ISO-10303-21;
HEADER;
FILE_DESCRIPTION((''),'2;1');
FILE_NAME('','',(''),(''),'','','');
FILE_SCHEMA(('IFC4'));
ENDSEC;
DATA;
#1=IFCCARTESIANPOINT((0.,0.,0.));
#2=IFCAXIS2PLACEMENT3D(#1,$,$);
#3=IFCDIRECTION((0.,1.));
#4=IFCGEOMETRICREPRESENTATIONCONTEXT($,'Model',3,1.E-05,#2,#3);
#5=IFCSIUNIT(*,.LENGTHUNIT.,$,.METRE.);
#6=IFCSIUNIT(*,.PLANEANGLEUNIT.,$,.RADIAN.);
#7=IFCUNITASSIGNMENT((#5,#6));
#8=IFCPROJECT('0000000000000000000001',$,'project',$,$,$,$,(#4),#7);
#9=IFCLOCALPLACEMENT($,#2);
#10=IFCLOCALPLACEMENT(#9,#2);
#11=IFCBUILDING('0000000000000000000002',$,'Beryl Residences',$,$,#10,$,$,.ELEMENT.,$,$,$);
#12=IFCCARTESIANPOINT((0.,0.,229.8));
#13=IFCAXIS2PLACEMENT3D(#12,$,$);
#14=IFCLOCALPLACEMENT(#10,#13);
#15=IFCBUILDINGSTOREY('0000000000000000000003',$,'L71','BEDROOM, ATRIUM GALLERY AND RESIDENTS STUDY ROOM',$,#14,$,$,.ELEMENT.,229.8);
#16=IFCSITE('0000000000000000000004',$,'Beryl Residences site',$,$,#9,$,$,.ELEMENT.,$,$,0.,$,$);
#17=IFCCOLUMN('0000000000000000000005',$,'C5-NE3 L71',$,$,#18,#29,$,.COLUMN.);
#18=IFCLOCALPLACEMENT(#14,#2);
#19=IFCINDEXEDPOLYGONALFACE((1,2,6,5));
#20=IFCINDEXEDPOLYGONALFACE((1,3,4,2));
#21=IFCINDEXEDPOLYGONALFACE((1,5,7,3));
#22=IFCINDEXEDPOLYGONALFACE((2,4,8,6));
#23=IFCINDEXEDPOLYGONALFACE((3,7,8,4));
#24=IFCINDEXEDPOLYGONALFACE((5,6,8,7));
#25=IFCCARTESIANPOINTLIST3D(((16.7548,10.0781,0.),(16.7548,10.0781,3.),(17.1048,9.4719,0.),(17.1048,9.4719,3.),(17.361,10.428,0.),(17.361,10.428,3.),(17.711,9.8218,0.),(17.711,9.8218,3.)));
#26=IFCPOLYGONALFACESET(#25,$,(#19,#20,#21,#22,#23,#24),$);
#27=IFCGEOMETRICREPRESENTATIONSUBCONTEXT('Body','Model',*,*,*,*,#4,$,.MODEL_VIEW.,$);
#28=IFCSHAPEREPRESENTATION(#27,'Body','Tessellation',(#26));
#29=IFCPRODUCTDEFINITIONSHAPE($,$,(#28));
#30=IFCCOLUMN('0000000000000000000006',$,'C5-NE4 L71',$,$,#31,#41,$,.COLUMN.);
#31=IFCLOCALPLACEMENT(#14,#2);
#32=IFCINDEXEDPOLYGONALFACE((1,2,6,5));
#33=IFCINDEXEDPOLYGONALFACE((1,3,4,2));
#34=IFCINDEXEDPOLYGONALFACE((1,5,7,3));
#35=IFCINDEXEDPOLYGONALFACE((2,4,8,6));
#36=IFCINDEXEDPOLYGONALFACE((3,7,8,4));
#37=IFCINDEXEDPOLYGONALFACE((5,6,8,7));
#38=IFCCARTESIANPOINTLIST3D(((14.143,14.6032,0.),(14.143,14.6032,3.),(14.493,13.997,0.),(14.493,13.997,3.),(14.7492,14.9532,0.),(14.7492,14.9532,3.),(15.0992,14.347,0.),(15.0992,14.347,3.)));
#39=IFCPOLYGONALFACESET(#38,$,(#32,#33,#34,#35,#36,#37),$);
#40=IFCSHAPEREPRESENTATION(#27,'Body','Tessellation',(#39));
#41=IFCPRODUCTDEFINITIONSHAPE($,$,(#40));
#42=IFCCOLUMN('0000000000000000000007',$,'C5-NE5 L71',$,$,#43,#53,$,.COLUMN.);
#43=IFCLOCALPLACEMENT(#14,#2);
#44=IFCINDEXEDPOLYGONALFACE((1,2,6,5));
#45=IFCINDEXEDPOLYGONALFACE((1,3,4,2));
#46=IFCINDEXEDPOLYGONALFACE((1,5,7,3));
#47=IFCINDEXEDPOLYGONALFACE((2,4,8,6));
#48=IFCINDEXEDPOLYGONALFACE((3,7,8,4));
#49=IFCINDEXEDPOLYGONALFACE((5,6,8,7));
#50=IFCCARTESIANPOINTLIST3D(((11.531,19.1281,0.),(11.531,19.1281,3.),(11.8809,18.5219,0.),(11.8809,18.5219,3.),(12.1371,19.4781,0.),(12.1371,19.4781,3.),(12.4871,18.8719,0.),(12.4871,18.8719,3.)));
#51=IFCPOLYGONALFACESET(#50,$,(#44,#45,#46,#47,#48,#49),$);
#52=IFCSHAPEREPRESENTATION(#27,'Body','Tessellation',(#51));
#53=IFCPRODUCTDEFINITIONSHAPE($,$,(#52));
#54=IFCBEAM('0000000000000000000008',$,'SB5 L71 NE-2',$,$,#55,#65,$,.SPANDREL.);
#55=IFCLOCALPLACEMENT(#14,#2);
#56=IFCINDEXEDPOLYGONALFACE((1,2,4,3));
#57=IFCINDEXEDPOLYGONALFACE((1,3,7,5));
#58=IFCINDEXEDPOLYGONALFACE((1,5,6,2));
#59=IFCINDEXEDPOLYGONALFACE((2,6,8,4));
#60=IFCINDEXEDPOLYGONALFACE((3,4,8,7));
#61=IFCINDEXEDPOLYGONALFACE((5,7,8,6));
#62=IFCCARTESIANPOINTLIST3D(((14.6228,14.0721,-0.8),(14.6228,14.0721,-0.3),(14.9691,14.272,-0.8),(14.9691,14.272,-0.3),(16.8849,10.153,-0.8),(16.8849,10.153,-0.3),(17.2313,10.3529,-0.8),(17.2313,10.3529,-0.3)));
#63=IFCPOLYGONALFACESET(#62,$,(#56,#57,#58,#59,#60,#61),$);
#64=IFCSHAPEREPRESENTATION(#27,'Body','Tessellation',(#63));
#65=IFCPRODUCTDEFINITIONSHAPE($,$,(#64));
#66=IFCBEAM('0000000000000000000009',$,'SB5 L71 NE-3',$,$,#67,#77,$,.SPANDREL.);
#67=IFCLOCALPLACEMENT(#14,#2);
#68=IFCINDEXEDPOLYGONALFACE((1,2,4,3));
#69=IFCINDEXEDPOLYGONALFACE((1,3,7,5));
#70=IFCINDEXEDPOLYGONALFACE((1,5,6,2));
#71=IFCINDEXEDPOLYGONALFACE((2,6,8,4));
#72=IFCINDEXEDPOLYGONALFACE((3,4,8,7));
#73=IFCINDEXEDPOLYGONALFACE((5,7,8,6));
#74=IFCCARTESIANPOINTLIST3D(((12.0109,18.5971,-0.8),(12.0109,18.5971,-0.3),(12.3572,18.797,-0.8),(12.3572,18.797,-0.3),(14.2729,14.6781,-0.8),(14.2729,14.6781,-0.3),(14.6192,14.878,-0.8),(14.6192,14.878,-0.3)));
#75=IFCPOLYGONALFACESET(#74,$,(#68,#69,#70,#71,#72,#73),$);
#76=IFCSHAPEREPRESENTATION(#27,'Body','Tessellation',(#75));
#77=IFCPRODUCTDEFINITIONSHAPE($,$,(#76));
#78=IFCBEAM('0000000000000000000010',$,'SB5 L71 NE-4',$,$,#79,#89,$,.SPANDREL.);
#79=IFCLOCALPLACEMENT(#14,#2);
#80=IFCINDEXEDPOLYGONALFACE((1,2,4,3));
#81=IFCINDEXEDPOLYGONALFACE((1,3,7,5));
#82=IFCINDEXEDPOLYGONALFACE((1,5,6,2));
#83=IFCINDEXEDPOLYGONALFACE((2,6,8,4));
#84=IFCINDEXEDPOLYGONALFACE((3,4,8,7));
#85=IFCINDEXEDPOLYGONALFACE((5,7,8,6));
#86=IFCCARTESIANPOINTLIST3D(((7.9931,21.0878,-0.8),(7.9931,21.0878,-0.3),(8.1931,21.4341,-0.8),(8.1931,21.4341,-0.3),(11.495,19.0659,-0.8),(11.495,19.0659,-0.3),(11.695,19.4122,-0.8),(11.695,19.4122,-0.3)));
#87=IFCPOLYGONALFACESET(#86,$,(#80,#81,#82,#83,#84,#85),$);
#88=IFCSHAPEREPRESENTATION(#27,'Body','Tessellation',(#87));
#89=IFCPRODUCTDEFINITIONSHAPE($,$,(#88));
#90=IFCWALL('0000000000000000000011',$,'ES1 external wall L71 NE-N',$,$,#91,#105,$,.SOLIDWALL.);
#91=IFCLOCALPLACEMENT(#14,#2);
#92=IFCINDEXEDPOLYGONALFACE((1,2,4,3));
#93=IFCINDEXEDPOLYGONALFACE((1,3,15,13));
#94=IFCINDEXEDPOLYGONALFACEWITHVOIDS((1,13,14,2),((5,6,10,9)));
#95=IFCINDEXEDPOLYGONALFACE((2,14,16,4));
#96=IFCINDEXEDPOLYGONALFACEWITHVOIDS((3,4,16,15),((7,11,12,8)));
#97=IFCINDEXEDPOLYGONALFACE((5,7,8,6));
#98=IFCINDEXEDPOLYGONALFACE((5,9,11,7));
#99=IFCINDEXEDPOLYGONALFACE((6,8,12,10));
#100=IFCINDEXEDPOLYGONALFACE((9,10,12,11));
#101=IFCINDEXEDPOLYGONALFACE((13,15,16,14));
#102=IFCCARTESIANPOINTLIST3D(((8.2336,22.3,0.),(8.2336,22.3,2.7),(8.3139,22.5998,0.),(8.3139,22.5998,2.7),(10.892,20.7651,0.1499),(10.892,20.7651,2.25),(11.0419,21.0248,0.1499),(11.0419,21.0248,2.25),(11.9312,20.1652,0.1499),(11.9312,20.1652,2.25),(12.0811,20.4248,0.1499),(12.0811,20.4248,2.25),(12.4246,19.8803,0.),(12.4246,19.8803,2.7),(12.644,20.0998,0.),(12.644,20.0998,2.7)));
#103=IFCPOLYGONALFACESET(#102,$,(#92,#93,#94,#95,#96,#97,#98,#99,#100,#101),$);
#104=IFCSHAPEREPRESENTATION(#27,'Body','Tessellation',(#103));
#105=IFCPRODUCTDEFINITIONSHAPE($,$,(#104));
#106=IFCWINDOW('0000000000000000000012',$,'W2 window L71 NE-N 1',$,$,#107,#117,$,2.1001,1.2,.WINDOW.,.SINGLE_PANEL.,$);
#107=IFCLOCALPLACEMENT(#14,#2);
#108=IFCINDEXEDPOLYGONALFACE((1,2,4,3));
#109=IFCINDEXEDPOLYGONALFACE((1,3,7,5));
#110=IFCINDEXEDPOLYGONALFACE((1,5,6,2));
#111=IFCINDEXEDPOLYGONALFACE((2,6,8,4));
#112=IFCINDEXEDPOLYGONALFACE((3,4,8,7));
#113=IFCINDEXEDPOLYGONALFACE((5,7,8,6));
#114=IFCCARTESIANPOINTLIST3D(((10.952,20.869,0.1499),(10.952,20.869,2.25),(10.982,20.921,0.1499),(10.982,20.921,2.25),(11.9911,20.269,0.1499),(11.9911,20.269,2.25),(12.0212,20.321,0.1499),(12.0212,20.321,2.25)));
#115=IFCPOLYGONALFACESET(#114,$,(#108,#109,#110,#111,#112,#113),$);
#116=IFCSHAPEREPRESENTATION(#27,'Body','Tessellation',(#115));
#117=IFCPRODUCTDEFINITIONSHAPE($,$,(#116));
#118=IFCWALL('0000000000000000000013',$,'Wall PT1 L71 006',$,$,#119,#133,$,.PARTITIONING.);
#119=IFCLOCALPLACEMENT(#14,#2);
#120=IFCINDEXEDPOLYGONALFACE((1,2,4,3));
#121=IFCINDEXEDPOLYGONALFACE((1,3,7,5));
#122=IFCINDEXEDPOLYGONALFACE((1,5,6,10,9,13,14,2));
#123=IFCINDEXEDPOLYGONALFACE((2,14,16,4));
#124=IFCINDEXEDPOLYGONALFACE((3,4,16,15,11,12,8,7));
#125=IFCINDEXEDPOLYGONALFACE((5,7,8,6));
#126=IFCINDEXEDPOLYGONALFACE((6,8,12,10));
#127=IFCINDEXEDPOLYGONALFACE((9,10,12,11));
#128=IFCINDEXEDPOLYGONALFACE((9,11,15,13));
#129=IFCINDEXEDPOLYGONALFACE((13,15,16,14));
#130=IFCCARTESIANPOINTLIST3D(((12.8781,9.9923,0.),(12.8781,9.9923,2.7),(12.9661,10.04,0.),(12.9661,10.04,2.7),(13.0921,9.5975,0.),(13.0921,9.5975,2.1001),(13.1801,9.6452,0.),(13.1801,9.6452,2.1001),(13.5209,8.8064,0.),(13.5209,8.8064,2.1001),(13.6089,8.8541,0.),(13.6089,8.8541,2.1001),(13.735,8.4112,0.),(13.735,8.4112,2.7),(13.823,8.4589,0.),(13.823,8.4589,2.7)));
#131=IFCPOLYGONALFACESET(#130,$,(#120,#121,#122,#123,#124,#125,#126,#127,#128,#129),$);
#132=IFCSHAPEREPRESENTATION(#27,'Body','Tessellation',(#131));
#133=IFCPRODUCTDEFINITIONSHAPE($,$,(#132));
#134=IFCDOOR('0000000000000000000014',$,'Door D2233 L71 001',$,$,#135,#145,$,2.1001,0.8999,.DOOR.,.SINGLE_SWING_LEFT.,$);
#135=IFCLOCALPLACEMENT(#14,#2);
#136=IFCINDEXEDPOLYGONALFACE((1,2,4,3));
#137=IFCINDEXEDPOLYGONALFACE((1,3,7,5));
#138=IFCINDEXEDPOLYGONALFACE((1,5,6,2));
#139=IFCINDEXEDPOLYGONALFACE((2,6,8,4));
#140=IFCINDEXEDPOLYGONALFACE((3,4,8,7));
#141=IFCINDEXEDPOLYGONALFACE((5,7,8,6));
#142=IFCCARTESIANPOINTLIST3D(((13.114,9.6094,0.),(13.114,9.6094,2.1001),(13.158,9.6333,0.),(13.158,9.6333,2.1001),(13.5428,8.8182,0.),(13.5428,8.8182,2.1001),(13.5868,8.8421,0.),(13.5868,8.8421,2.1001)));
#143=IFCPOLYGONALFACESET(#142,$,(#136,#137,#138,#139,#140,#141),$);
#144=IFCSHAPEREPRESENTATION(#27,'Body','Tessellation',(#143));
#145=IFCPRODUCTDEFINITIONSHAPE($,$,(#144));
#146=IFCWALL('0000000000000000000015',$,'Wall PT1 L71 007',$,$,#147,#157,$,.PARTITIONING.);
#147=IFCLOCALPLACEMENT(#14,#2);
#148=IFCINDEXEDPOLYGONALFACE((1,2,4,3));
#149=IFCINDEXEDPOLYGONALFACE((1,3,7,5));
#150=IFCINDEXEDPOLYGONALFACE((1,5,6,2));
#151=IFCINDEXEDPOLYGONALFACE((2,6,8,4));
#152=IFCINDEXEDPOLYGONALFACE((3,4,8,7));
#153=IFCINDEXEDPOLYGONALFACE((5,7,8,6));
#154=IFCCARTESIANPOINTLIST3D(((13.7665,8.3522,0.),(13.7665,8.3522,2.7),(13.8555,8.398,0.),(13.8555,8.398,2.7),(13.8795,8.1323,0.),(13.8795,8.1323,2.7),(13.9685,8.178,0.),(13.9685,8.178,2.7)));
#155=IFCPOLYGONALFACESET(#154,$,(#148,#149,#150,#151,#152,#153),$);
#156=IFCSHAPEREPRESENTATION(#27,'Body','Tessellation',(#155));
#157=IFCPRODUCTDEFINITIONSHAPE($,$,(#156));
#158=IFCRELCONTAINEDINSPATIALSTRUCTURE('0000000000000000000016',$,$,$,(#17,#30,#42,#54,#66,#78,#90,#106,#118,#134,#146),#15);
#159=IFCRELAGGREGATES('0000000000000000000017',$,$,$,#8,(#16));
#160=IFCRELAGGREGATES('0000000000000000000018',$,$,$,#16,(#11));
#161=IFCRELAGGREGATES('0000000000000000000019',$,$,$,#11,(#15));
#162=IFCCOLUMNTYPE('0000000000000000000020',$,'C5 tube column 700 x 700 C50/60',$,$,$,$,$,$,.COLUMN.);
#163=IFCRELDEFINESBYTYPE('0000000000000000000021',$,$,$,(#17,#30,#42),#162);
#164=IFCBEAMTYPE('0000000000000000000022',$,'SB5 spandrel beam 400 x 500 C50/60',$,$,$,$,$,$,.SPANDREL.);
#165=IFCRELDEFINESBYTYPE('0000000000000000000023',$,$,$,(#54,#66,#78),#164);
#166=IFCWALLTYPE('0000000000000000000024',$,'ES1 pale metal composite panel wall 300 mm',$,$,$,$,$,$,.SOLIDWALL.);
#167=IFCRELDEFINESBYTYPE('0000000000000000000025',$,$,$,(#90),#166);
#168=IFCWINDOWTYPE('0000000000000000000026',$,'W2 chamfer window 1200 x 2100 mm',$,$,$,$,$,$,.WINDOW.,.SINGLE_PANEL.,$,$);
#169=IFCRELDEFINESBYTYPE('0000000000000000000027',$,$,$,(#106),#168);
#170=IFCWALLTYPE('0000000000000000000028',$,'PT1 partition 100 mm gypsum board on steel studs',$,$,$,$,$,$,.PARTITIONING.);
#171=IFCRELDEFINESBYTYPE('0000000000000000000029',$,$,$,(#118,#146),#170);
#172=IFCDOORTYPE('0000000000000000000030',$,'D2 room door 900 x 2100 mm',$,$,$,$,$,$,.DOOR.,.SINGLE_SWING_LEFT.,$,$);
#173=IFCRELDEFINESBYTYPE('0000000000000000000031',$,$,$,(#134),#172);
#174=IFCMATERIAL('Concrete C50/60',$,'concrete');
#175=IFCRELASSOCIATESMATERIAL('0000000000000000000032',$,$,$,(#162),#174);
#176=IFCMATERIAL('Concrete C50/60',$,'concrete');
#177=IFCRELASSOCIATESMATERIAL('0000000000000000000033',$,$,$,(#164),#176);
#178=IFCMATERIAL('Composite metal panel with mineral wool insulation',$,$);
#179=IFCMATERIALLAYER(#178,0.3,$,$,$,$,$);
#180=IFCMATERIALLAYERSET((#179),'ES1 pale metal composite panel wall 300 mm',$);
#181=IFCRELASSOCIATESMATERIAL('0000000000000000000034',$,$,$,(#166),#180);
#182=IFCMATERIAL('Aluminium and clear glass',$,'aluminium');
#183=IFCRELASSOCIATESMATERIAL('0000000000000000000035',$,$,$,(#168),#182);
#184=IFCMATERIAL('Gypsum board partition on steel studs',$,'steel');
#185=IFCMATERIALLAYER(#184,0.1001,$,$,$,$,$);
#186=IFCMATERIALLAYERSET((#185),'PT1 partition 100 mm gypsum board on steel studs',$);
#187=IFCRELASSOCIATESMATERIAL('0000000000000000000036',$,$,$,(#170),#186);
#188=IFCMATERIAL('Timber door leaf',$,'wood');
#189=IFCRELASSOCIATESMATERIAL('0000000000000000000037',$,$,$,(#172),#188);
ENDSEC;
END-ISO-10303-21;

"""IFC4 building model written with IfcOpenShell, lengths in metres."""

from ifc_helpers import new_model, si_unit, direction, frame, frame_2d, origin, origin_2d, place, context, subcontext, project, spatial, polyline, rectangle, outline, extrude, material, layer, layer_set, material_profile, profile_set, type_object, element, fill, save


model = new_model("IFC4")

# Units and contexts
model_context = context("Model", 3, precision=1e-05, world=origin(), true_north=direction((0.0, 1.0)))
body_context = subcontext(model_context, "Body", "Model", "MODEL_VIEW")
ifc_project = project(units=[si_unit("LENGTHUNIT", "METRE"), si_unit("PLANEANGLEUNIT", "RADIAN")], contexts=[model_context])

# Site, building, storey
site_placement = place(None, origin())
site = spatial("IfcSite", under=ifc_project, at=site_placement, Name="Beryl Residences site", CompositionType="ELEMENT", RefElevation=0.0)
building_placement = place(site_placement, origin())
building = spatial("IfcBuilding", under=site, at=building_placement, Name="Beryl Residences", CompositionType="ELEMENT")
storey_placement = place(building_placement, frame((0.0, 0.0, 229.8)))
storey = spatial("IfcBuildingStorey", under=building, at=storey_placement, Name="L71", Description="BEDROOM, ATRIUM GALLERY AND RESIDENTS STUDY ROOM", CompositionType="ELEMENT", Elevation=229.8)

# Columns
ifc_material_1 = material(Name="Concrete C50/60", Category="concrete")
ifc_material_profile_1 = material_profile(ifc_material_1, rectangle(XDim=0.7, YDim=0.7, at=origin_2d()))
ifc_profile_set_1 = profile_set([ifc_material_profile_1], Name="Concrete C50/60")
column_type = type_object("IfcColumnType", Name="C5 tube column 700 x 700 C50/60", PredefinedType="COLUMN", material=ifc_profile_set_1)
for number, where, z_axis, x_axis, name in (
    (1, (17.2329, 9.95, 0.0), (0.0, 0.0, 1.0), (-0.49997, 0.866043, 0.0), "C5-NE3 L71"),
    (2, (14.6211, 14.4751, 0.0), (0.0, 0.0, 1.0), (-0.49997, 0.866043, 0.0), "C5-NE4 L71"),
    (3, (12.009, 19.0, 0.0), (0.0, 0.0, 1.0), (-0.49997, 0.866043, 0.0), "C5-NE5 L71"),
):
    element("IfcColumn", number, at=place(storey_placement, frame(where, z_axis=z_axis, x_axis=x_axis)), inside=storey, type_object=column_type, Name=name, PredefinedType="COLUMN", context=body_context, shape_type="SweptSolid", body=[
        extrude(rectangle(XDim=0.7, YDim=0.7, at=origin_2d()), origin(), (0.0, 0.0, 1.0), 3.0),
    ])

# Beams
ifc_material_2 = material(Name="Concrete C50/60", Category="concrete")
ifc_material_profile_2 = material_profile(ifc_material_2, rectangle(XDim=0.3999, YDim=0.5, at=origin_2d()))
ifc_profile_set_2 = profile_set([ifc_material_profile_2], Name="Concrete C50/60")
beam_type = type_object("IfcBeamType", Name="SB5 spandrel beam 400 x 500 C50/60", PredefinedType="SPANDREL", material=ifc_profile_set_2)
beam_1_placement = place(storey_placement, frame((17.0581, 10.2529, -0.55), z_axis=(-0.499911, 0.866077, 0.0), x_axis=(-0.866077, -0.499911, 0.0)))
element("IfcBeam", 4, at=beam_1_placement, inside=storey, type_object=beam_type, Name="SB5 L71 NE-2", PredefinedType="SPANDREL", context=body_context, shape_type="SweptSolid", body=[
    extrude(rectangle(XDim=0.3999, YDim=0.5, at=origin_2d()), origin(), (0.0, 0.0, 1.0), 4.5251),
])
beam_2_placement = place(storey_placement, frame((14.446, 14.7781, -0.55), z_axis=(-0.499894, 0.866087, 0.0), x_axis=(-0.866087, -0.499894, 0.0)))
element("IfcBeam", 5, at=beam_2_placement, inside=storey, type_object=beam_type, Name="SB5 L71 NE-3", PredefinedType="SPANDREL", context=body_context, shape_type="SweptSolid", body=[
    extrude(rectangle(XDim=0.3999, YDim=0.5, at=origin_2d()), origin(), (0.0, 0.0, 1.0), 4.5249),
])
beam_3_placement = place(storey_placement, frame((11.595, 19.239, -0.55), z_axis=(-0.866013, 0.500022, 0.0), x_axis=(-0.500022, -0.866013, 0.0)))
element("IfcBeam", 6, at=beam_3_placement, inside=storey, type_object=beam_type, Name="SB5 L71 NE-4", PredefinedType="SPANDREL", context=body_context, shape_type="SweptSolid", body=[
    extrude(rectangle(XDim=0.3999, YDim=0.5, at=origin_2d()), origin(), (0.0, 0.0, 1.0), 4.0437),
])

# Wall, opening, window
ifc_material_3 = material(Name="Composite metal panel with mineral wool insulation")
ifc_layer_1 = layer(ifc_material_3, 0.3)
ifc_layer_set_1 = layer_set([ifc_layer_1], Name="ES1 pale metal composite panel wall 300 mm")
wall_type_1 = type_object("IfcWallType", Name="ES1 pale metal composite panel wall 300 mm", PredefinedType="SOLIDWALL", material=ifc_layer_set_1)
wall_1_placement = place(storey_placement, frame((12.5691, 19.97, 0.0), z_axis=(0.0, 0.0, 1.0), x_axis=(-0.866023, 0.500004, 0.0)))
wall_1 = element("IfcWall", 7, at=wall_1_placement, inside=storey, type_object=wall_type_1, Name="ES1 external wall L71 NE-N", PredefinedType="SOLIDWALL", context=body_context, shape_type="SweptSolid", body=[
    extrude(outline(polyline([(0.0, -0.1499), (5.0, -0.1499), (4.9197, 0.1499), (0.0803, 0.1499), (0.0, -0.1499)])), origin(), (0.0, 0.0, 1.0), 2.7),
])
opening_1_placement = place(wall_1_placement, frame((0.6499, 0.0, 0.1499)))
opening_1 = element("IfcOpeningElement", 8, at=opening_1_placement, cuts=wall_1, PredefinedType="OPENING", context=body_context, shape_type="SweptSolid", body=[
    extrude(rectangle(XDim=1.2, YDim=2.1001, at=frame_2d((0.6001, 1.05))), frame((0.0, 0.1599, 0.0), z_axis=(0.0, -1.0, 0.0), x_axis=(1.0, 0.0, 0.0)), (0.0, 0.0, 1.0), 0.3201),
])
ifc_material_4 = material(Name="Aluminium and clear glass", Category="aluminium")
window_type = type_object("IfcWindowType", Name="W2 chamfer window 1200 x 2100 mm", PartitioningType="SINGLE_PANEL", PredefinedType="WINDOW", material=ifc_material_4)
window_placement = place(opening_1_placement, origin())
window = element("IfcWindow", 9, at=window_placement, inside=storey, type_object=window_type, Name="W2 window L71 NE-N 1", OverallHeight=2.1001, OverallWidth=1.2, PartitioningType="SINGLE_PANEL", PredefinedType="WINDOW", context=body_context, shape_type="SweptSolid", body=[
    extrude(rectangle(XDim=1.2, YDim=2.1001, at=frame_2d((0.6001, 1.05))), frame((0.0, 0.03, 0.0), z_axis=(0.0, -1.0, 0.0), x_axis=(1.0, 0.0, 0.0)), (0.0, 0.0, 1.0), 0.0601),
])
fill(opening_1, window)

# Wall, opening, door
ifc_material_5 = material(Name="Gypsum board partition on steel studs", Category="steel")
ifc_layer_2 = layer(ifc_material_5, 0.1001)
ifc_layer_set_2 = layer_set([ifc_layer_2], Name="PT1 partition 100 mm gypsum board on steel studs")
wall_type_2 = type_object("IfcWallType", Name="PT1 partition 100 mm gypsum board on steel studs", PredefinedType="PARTITIONING", material=ifc_layer_set_2)
wall_2_placement = place(storey_placement, frame((12.9221, 10.0161, 0.0), z_axis=(0.0, 0.0, 1.0), x_axis=(0.476511, -0.879169, 0.0)))
wall_2 = element("IfcWall", 10, at=wall_2_placement, inside=storey, type_object=wall_type_2, Name="Wall PT1 L71 006", PredefinedType="PARTITIONING", context=body_context, shape_type="SweptSolid", body=[
    extrude(rectangle(XDim=1.7983, YDim=0.1001, at=frame_2d((0.8992, 0.0))), origin(), (0.0, 0.0, 1.0), 2.7),
])
opening_2_placement = place(wall_2_placement, frame((0.449, 0.0, 0.0)))
opening_2 = element("IfcOpeningElement", 11, at=opening_2_placement, cuts=wall_2, PredefinedType="OPENING", context=body_context, shape_type="SweptSolid", body=[
    extrude(rectangle(XDim=0.8999, YDim=2.1001, at=frame_2d((0.45, 1.05))), frame((0.0, 0.0601, 0.0), z_axis=(0.0, -1.0, 0.0), x_axis=(1.0, 0.0, 0.0)), (0.0, 0.0, 1.0), 0.1201),
])
ifc_material_6 = material(Name="Timber door leaf", Category="wood")
door_type_1 = type_object("IfcDoorType", Name="D2 room door 900 x 2100 mm", OperationType="SINGLE_SWING_LEFT", PredefinedType="DOOR", material=ifc_material_6)
door_1_placement = place(opening_2_placement, origin())
door_1 = element("IfcDoor", 12, at=door_1_placement, inside=storey, type_object=door_type_1, Name="Door D2233 L71 001", OperationType="SINGLE_SWING_LEFT", OverallHeight=2.1001, OverallWidth=0.8999, PredefinedType="DOOR", context=body_context, shape_type="SweptSolid", body=[
    extrude(rectangle(XDim=0.8999, YDim=2.1001, at=frame_2d((0.45, 1.05))), frame((0.0, 0.0249, 0.0), z_axis=(0.0, -1.0, 0.0), x_axis=(1.0, 0.0, 0.0)), (0.0, 0.0, 1.0), 0.05),
])
fill(opening_2, door_1)

# Wall
wall_3_placement = place(storey_placement, frame((13.811, 8.375, 0.0), z_axis=(0.0, 0.0, 1.0), x_axis=(0.457058, -0.889437, 0.0)))
element("IfcWall", 13, at=wall_3_placement, inside=storey, type_object=wall_type_2, Name="Wall PT1 L71 007", PredefinedType="PARTITIONING", context=body_context, shape_type="SweptSolid", body=[
    extrude(rectangle(XDim=0.2473, YDim=0.1001, at=frame_2d((0.1235, 0.0))), origin(), (0.0, 0.0, 1.0), 2.7),
])

save(model, "model.ifc")
